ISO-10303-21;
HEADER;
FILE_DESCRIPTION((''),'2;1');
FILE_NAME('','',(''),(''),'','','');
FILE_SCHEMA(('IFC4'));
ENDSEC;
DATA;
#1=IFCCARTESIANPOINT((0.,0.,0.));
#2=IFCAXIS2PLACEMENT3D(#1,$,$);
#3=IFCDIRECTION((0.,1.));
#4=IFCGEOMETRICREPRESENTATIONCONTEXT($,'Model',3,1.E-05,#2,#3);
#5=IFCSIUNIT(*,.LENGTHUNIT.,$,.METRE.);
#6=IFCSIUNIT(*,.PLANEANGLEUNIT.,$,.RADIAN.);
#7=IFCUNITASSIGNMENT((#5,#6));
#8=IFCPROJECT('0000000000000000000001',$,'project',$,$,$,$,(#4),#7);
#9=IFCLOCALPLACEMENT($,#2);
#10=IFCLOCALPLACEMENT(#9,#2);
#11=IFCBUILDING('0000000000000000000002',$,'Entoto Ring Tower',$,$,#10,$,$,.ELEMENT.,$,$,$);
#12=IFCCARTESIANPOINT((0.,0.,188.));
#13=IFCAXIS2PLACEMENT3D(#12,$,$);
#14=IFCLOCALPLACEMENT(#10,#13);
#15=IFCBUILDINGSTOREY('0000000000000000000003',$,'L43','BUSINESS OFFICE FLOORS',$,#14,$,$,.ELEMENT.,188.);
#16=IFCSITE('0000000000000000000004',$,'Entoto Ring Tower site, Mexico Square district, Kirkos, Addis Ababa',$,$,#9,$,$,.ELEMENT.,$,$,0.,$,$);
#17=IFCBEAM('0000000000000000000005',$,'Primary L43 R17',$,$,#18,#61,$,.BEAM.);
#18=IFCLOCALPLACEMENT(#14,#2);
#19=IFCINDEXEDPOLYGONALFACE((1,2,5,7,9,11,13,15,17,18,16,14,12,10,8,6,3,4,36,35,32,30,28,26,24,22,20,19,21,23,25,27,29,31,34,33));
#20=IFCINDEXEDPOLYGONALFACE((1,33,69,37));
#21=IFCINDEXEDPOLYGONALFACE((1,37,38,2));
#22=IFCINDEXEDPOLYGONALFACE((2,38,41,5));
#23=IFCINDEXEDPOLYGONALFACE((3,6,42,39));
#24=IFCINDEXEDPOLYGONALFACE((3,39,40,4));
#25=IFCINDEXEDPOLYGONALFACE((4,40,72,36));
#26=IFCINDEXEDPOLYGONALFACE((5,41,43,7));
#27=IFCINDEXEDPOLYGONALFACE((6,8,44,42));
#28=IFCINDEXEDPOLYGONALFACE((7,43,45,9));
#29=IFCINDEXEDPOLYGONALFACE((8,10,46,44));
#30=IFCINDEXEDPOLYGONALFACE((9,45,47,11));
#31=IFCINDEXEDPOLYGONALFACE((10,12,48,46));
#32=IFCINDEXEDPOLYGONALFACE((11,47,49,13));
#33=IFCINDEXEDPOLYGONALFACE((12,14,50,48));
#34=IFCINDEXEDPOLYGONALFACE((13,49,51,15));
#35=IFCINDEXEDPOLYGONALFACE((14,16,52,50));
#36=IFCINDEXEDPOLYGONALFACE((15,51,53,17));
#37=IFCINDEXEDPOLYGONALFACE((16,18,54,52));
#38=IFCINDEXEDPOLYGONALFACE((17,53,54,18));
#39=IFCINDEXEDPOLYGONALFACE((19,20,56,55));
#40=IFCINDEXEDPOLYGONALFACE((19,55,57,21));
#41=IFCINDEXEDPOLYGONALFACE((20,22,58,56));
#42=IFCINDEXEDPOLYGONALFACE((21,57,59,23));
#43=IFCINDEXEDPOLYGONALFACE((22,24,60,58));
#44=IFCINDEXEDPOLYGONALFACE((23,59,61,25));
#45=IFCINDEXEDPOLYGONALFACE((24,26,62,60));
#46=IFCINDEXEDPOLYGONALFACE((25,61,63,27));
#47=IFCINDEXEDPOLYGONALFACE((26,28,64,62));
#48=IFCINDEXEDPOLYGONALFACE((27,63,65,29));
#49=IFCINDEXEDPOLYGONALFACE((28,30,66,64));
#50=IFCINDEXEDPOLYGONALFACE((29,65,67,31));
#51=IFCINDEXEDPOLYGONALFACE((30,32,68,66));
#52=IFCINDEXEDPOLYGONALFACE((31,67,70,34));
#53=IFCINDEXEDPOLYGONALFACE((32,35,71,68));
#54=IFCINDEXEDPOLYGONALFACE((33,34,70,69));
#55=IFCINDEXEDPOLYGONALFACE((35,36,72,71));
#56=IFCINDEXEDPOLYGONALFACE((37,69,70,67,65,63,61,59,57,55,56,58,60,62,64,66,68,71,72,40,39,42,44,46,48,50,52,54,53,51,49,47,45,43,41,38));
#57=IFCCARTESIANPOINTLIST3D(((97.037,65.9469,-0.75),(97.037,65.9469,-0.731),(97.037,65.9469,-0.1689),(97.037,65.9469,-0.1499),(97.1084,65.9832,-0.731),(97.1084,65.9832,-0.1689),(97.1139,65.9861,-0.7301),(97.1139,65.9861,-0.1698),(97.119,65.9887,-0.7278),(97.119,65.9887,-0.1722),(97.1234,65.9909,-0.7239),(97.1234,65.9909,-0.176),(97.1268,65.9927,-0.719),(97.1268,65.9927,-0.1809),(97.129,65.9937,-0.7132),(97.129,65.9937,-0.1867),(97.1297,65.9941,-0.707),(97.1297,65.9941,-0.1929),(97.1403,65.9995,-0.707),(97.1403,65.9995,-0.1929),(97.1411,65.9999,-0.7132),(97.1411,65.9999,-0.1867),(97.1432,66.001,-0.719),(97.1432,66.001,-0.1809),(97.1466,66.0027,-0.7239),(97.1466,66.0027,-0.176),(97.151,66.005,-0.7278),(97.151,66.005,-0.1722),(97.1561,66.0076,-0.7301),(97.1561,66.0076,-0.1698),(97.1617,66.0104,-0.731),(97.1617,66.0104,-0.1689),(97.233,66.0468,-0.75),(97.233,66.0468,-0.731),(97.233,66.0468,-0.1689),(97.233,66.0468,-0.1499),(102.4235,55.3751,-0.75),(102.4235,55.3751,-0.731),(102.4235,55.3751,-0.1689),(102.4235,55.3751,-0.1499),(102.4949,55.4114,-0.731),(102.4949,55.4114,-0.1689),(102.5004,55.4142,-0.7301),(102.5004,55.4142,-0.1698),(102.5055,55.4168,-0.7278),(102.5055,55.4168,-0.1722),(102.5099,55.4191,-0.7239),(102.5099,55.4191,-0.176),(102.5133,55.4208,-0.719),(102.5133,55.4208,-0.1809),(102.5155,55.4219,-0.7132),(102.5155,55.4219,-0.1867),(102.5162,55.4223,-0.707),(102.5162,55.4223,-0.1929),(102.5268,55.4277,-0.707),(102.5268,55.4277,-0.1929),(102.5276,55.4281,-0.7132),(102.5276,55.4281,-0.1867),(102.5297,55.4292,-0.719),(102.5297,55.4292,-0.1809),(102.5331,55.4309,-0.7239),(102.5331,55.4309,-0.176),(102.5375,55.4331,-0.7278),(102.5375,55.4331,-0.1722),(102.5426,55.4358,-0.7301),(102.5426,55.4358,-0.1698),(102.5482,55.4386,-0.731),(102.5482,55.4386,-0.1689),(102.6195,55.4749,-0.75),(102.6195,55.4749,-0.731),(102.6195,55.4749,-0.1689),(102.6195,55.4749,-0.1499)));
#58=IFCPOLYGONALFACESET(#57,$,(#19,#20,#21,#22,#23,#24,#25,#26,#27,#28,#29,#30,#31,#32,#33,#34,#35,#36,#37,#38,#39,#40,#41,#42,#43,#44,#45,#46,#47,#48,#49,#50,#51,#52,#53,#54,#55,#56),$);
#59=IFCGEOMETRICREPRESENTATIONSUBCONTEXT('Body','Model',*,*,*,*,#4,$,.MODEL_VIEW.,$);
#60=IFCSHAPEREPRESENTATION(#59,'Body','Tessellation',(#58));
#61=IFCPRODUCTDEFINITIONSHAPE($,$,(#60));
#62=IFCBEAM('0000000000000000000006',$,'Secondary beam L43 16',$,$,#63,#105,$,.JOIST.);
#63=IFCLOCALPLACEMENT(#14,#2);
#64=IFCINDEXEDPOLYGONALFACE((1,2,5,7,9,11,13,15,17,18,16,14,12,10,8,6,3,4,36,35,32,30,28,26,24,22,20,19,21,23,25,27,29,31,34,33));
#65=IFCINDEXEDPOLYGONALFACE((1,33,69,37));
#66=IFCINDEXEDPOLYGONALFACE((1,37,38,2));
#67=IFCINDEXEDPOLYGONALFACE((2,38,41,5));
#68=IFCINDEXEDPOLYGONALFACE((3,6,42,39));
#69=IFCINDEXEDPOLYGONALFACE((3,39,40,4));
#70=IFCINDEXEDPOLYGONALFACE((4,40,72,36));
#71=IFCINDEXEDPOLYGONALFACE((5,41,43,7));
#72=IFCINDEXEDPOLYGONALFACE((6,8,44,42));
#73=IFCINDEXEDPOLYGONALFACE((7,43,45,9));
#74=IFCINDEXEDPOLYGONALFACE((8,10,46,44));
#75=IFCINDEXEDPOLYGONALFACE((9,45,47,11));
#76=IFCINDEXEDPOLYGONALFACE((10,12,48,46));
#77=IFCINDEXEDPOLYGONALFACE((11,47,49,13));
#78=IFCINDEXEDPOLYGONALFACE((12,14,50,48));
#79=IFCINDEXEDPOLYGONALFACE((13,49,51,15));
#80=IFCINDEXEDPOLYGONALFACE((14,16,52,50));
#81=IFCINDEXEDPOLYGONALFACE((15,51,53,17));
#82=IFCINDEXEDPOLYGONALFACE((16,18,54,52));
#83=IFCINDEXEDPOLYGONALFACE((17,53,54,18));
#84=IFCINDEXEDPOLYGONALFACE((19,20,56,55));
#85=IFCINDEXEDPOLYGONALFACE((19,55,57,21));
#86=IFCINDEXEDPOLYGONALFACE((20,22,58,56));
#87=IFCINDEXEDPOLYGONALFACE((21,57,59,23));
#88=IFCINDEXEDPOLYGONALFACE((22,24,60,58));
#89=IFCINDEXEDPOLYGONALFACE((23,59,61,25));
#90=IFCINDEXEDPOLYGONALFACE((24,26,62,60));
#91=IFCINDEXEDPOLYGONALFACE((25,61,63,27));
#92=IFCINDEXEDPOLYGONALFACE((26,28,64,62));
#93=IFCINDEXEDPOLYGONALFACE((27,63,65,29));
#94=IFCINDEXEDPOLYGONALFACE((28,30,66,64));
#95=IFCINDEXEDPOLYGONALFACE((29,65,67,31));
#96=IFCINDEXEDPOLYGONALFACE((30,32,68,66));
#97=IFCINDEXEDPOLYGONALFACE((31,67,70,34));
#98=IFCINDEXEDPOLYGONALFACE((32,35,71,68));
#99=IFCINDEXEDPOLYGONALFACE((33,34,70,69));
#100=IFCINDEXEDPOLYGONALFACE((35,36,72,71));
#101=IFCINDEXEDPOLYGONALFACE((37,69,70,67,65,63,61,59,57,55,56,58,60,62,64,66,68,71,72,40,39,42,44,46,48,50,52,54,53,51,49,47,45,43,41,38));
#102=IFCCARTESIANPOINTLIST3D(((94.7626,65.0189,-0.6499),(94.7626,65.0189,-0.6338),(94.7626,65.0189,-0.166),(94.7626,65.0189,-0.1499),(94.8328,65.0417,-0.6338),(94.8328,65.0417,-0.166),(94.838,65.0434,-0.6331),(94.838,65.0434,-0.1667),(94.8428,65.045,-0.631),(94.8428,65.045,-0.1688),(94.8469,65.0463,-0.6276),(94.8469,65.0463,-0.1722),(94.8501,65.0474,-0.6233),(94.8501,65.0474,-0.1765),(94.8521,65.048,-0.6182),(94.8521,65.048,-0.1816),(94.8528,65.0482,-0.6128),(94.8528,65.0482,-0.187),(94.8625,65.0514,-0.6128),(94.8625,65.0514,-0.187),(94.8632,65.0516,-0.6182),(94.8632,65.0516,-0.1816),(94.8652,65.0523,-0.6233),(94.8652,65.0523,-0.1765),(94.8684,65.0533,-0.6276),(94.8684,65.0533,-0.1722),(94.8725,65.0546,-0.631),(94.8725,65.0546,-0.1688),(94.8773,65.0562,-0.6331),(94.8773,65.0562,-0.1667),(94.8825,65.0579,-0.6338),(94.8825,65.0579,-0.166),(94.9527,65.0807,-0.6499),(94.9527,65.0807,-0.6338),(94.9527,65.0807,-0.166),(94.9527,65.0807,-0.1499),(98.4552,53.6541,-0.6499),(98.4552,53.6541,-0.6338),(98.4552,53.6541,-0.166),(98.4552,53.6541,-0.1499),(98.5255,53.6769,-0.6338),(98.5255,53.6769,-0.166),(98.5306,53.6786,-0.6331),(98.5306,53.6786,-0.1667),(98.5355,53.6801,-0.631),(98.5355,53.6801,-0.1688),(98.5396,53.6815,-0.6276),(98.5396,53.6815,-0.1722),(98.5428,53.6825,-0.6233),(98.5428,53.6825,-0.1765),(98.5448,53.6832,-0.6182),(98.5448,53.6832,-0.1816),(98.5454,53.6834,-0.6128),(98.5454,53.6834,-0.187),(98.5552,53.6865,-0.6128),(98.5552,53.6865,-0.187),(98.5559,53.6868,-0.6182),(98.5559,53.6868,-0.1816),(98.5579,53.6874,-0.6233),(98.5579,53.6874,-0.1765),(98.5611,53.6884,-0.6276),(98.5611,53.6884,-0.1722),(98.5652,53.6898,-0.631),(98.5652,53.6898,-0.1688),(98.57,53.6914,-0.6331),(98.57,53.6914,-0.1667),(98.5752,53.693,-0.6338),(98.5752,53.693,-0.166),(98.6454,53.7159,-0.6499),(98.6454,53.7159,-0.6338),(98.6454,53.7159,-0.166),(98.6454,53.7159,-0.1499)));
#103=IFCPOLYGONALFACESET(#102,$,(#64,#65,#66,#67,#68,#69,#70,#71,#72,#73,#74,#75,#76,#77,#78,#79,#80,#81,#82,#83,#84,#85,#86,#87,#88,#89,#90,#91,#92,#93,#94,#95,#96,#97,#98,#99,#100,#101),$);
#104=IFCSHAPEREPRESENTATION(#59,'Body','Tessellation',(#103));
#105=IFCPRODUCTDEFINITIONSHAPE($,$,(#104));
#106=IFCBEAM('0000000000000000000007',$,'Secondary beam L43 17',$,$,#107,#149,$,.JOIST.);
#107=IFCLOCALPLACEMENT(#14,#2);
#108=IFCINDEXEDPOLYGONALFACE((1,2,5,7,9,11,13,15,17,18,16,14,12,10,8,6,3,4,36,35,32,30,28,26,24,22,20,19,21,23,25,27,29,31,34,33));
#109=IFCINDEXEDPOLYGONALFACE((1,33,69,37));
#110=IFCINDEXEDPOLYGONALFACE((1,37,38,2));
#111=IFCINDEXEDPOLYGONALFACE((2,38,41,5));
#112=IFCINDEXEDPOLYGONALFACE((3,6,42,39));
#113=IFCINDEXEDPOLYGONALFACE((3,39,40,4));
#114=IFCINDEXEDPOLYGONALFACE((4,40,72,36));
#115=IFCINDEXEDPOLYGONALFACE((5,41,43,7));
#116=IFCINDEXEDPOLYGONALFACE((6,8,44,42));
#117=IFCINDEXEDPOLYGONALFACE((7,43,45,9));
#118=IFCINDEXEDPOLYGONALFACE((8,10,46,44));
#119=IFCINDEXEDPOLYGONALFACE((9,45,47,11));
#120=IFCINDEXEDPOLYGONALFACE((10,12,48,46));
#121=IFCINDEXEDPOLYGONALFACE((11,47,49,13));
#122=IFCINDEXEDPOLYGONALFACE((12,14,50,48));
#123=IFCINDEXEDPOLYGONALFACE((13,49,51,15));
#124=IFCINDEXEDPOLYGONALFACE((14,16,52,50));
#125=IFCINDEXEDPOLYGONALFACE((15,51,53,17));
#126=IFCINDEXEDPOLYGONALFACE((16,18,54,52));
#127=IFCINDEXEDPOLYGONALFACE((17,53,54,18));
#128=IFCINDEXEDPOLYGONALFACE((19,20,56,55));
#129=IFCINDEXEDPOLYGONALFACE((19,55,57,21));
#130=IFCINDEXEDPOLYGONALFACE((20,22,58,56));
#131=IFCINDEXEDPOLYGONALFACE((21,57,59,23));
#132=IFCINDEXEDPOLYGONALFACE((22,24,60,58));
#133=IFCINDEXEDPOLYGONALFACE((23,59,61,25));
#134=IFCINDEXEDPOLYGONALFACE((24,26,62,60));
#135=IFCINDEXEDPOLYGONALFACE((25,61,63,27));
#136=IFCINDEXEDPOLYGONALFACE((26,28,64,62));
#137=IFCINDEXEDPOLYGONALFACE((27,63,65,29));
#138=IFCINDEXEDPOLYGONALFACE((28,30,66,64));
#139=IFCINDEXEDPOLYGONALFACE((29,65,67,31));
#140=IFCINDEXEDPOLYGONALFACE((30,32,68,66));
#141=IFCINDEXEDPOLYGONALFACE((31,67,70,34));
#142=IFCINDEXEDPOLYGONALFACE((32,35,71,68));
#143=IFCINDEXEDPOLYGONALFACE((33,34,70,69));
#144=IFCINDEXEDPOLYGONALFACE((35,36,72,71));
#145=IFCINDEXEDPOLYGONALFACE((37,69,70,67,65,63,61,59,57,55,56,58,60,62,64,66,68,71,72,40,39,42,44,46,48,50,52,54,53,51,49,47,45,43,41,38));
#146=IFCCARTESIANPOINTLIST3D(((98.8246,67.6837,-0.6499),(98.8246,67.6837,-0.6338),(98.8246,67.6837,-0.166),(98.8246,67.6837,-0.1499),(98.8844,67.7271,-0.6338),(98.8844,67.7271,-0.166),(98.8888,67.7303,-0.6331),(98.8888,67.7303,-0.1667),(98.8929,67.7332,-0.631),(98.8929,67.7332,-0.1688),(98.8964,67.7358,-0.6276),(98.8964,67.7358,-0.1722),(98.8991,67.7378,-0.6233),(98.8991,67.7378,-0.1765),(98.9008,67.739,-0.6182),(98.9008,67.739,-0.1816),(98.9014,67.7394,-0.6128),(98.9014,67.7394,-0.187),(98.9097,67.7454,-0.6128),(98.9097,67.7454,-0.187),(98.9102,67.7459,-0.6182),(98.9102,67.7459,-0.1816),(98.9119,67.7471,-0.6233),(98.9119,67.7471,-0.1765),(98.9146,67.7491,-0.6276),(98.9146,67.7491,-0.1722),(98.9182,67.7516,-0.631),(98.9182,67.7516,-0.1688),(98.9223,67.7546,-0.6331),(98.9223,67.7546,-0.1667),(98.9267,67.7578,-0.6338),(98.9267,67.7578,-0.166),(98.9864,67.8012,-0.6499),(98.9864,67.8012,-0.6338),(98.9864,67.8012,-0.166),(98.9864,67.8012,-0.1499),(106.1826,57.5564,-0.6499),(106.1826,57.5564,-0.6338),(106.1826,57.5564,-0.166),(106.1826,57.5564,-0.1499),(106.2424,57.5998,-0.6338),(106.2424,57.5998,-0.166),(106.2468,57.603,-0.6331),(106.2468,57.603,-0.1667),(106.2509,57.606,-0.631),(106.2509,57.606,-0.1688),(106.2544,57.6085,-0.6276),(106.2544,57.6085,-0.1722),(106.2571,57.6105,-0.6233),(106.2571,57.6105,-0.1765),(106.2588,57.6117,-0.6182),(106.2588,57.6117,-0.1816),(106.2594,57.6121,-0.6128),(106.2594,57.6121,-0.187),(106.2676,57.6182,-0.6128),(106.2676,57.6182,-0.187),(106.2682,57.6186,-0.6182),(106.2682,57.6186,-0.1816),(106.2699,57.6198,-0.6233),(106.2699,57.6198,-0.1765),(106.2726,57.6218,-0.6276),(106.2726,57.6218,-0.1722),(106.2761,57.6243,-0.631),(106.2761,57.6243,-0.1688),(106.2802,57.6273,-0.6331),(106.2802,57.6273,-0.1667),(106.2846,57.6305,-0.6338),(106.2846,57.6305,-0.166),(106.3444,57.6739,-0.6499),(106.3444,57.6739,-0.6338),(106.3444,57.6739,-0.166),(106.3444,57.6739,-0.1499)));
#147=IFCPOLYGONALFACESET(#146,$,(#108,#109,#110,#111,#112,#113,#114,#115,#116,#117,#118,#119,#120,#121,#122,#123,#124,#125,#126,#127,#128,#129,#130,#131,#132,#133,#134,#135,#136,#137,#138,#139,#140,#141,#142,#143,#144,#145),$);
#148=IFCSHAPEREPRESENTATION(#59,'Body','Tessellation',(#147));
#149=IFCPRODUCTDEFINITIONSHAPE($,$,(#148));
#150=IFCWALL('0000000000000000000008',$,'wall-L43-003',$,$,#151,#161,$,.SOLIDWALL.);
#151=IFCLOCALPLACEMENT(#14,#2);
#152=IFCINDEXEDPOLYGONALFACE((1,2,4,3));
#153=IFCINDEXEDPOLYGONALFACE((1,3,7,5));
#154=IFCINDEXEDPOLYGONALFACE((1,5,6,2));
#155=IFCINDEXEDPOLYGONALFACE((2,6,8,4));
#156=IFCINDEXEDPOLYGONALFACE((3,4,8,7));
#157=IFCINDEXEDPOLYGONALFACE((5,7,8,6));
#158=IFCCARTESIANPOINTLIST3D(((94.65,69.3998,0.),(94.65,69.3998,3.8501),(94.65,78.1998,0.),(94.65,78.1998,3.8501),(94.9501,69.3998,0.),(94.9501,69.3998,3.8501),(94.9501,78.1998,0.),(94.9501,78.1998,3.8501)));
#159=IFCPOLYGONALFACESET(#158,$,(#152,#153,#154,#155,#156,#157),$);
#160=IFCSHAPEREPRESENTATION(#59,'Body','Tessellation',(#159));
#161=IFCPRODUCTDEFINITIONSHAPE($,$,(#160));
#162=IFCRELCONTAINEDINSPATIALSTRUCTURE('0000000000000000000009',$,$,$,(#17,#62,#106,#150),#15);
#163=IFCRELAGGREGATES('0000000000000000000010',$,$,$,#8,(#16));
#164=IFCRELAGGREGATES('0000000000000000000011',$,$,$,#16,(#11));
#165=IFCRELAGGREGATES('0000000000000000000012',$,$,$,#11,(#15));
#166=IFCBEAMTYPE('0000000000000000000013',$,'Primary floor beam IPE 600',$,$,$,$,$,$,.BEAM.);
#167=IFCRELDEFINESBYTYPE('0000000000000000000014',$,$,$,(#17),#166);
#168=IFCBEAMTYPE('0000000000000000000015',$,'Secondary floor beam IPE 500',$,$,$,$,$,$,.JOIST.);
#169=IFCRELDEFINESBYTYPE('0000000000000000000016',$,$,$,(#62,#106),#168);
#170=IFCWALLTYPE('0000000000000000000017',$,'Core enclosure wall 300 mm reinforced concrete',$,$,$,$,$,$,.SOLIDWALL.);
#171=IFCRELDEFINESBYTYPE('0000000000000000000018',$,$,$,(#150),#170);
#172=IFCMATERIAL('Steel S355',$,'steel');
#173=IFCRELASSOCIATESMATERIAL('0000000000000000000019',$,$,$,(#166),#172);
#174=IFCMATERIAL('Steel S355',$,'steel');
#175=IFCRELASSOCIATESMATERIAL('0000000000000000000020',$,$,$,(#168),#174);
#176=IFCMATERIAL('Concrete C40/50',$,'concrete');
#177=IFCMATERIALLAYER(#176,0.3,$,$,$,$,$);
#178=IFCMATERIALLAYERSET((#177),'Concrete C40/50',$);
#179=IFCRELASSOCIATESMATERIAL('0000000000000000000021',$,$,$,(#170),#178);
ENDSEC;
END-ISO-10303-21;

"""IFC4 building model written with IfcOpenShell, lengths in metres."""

from ifc_helpers import new_model, si_unit, direction, frame, frame_2d, origin, origin_2d, place, context, subcontext, project, spatial, rectangle, i_section, extrude, material, layer, layer_set, material_profile, profile_set, type_object, element, save


model = new_model("IFC4")

# Units and contexts
model_context = context("Model", 3, precision=1e-05, world=origin(), true_north=direction((0.0, 1.0)))
body_context = subcontext(model_context, "Body", "Model", "MODEL_VIEW")
ifc_project = project(units=[si_unit("LENGTHUNIT", "METRE"), si_unit("PLANEANGLEUNIT", "RADIAN")], contexts=[model_context])

# Site, building, storey
site_placement = place(None, origin())
site = spatial("IfcSite", under=ifc_project, at=site_placement, Name="Entoto Ring Tower site, Mexico Square district, Kirkos, Addis Ababa", CompositionType="ELEMENT", RefElevation=0.0)
building_placement = place(site_placement, origin())
building = spatial("IfcBuilding", under=site, at=building_placement, Name="Entoto Ring Tower", CompositionType="ELEMENT")
storey_placement = place(building_placement, frame((0.0, 0.0, 188.0)))
storey = spatial("IfcBuildingStorey", under=building, at=storey_placement, Name="L43", Description="BUSINESS OFFICE FLOORS", CompositionType="ELEMENT", Elevation=188.0)

# Beams
ifc_material_1 = material(Name="Steel S355", Category="steel")
ifc_material_profile_1 = material_profile(ifc_material_1, i_section(OverallWidth=0.22, OverallDepth=0.6001, WebThickness=0.012, FlangeThickness=0.019, FilletRadius=0.0239, at=origin_2d()), Name="IPE 600")
ifc_profile_set_1 = profile_set([ifc_material_profile_1], Name="Steel S355")
beam_type_1 = type_object("IfcBeamType", Name="Primary floor beam IPE 600", PredefinedType="BEAM", material=ifc_profile_set_1)
beam_1_placement = place(storey_placement, frame((97.135, 65.9968, -0.45), z_axis=(0.453983, -0.89101, 0.0), x_axis=(0.89101, 0.453983, 0.0)))
element("IfcBeam", 1, at=beam_1_placement, inside=storey, type_object=beam_type_1, Name="Primary L43 R17", PredefinedType="BEAM", context=body_context, shape_type="SweptSolid", body=[
    extrude(i_section(OverallWidth=0.22, OverallDepth=0.6001, WebThickness=0.012, FlangeThickness=0.019, FilletRadius=0.0239, at=origin_2d()), origin(), (0.0, 0.0, 1.0), 11.865),
])
ifc_material_2 = material(Name="Steel S355", Category="steel")
ifc_material_profile_2 = material_profile(ifc_material_2, i_section(OverallWidth=0.2, OverallDepth=0.5, WebThickness=0.0103, FlangeThickness=0.0161, FilletRadius=0.021, at=origin_2d()), Name="IPE 500")
ifc_profile_set_2 = profile_set([ifc_material_profile_2], Name="Steel S355")
beam_type_2 = type_object("IfcBeamType", Name="Secondary floor beam IPE 500", PredefinedType="JOIST", material=ifc_profile_set_2)
beam_2_placement = place(storey_placement, frame((94.8577, 65.0498, -0.3999), z_axis=(0.309017, -0.951057, 0.0), x_axis=(0.951057, 0.309017, 0.0)))
element("IfcBeam", 2, at=beam_2_placement, inside=storey, type_object=beam_type_2, Name="Secondary beam L43 16", PredefinedType="JOIST", context=body_context, shape_type="SweptSolid", body=[
    extrude(i_section(OverallWidth=0.2, OverallDepth=0.5, WebThickness=0.0103, FlangeThickness=0.0161, FilletRadius=0.021, at=origin_2d()), origin(), (0.0, 0.0, 1.0), 11.9497),
])
beam_3_placement = place(storey_placement, frame((98.9055, 67.7424, -0.3999), z_axis=(0.587789, -0.809014, 0.0), x_axis=(0.809014, 0.587789, 0.0)))
element("IfcBeam", 3, at=beam_3_placement, inside=storey, type_object=beam_type_2, Name="Secondary beam L43 17", PredefinedType="JOIST", context=body_context, shape_type="SweptSolid", body=[
    extrude(i_section(OverallWidth=0.2, OverallDepth=0.5, WebThickness=0.0103, FlangeThickness=0.0161, FilletRadius=0.021, at=origin_2d()), origin(), (0.0, 0.0, 1.0), 12.5181),
])

# Wall
ifc_material_3 = material(Name="Concrete C40/50", Category="concrete")
ifc_layer_1 = layer(ifc_material_3, 0.3)
ifc_layer_set_1 = layer_set([ifc_layer_1], Name="Concrete C40/50")
wall_type_1 = type_object("IfcWallType", Name="Core enclosure wall 300 mm reinforced concrete", PredefinedType="SOLIDWALL", material=ifc_layer_set_1)
wall_1_placement = place(storey_placement, frame((94.8, 69.3999, 0.0), z_axis=(0.0, 0.0, 1.0), x_axis=(0.0, 1.0, 0.0)))
element("IfcWall", 4, at=wall_1_placement, inside=storey, type_object=wall_type_1, Name="wall-L43-003", PredefinedType="SOLIDWALL", context=body_context, shape_type="SweptSolid", body=[
    extrude(rectangle(XDim=8.8, YDim=0.3, at=frame_2d((4.3999, 0.0))), origin(), (0.0, 0.0, 1.0), 3.8501),
])

save(model, "model.ifc")
